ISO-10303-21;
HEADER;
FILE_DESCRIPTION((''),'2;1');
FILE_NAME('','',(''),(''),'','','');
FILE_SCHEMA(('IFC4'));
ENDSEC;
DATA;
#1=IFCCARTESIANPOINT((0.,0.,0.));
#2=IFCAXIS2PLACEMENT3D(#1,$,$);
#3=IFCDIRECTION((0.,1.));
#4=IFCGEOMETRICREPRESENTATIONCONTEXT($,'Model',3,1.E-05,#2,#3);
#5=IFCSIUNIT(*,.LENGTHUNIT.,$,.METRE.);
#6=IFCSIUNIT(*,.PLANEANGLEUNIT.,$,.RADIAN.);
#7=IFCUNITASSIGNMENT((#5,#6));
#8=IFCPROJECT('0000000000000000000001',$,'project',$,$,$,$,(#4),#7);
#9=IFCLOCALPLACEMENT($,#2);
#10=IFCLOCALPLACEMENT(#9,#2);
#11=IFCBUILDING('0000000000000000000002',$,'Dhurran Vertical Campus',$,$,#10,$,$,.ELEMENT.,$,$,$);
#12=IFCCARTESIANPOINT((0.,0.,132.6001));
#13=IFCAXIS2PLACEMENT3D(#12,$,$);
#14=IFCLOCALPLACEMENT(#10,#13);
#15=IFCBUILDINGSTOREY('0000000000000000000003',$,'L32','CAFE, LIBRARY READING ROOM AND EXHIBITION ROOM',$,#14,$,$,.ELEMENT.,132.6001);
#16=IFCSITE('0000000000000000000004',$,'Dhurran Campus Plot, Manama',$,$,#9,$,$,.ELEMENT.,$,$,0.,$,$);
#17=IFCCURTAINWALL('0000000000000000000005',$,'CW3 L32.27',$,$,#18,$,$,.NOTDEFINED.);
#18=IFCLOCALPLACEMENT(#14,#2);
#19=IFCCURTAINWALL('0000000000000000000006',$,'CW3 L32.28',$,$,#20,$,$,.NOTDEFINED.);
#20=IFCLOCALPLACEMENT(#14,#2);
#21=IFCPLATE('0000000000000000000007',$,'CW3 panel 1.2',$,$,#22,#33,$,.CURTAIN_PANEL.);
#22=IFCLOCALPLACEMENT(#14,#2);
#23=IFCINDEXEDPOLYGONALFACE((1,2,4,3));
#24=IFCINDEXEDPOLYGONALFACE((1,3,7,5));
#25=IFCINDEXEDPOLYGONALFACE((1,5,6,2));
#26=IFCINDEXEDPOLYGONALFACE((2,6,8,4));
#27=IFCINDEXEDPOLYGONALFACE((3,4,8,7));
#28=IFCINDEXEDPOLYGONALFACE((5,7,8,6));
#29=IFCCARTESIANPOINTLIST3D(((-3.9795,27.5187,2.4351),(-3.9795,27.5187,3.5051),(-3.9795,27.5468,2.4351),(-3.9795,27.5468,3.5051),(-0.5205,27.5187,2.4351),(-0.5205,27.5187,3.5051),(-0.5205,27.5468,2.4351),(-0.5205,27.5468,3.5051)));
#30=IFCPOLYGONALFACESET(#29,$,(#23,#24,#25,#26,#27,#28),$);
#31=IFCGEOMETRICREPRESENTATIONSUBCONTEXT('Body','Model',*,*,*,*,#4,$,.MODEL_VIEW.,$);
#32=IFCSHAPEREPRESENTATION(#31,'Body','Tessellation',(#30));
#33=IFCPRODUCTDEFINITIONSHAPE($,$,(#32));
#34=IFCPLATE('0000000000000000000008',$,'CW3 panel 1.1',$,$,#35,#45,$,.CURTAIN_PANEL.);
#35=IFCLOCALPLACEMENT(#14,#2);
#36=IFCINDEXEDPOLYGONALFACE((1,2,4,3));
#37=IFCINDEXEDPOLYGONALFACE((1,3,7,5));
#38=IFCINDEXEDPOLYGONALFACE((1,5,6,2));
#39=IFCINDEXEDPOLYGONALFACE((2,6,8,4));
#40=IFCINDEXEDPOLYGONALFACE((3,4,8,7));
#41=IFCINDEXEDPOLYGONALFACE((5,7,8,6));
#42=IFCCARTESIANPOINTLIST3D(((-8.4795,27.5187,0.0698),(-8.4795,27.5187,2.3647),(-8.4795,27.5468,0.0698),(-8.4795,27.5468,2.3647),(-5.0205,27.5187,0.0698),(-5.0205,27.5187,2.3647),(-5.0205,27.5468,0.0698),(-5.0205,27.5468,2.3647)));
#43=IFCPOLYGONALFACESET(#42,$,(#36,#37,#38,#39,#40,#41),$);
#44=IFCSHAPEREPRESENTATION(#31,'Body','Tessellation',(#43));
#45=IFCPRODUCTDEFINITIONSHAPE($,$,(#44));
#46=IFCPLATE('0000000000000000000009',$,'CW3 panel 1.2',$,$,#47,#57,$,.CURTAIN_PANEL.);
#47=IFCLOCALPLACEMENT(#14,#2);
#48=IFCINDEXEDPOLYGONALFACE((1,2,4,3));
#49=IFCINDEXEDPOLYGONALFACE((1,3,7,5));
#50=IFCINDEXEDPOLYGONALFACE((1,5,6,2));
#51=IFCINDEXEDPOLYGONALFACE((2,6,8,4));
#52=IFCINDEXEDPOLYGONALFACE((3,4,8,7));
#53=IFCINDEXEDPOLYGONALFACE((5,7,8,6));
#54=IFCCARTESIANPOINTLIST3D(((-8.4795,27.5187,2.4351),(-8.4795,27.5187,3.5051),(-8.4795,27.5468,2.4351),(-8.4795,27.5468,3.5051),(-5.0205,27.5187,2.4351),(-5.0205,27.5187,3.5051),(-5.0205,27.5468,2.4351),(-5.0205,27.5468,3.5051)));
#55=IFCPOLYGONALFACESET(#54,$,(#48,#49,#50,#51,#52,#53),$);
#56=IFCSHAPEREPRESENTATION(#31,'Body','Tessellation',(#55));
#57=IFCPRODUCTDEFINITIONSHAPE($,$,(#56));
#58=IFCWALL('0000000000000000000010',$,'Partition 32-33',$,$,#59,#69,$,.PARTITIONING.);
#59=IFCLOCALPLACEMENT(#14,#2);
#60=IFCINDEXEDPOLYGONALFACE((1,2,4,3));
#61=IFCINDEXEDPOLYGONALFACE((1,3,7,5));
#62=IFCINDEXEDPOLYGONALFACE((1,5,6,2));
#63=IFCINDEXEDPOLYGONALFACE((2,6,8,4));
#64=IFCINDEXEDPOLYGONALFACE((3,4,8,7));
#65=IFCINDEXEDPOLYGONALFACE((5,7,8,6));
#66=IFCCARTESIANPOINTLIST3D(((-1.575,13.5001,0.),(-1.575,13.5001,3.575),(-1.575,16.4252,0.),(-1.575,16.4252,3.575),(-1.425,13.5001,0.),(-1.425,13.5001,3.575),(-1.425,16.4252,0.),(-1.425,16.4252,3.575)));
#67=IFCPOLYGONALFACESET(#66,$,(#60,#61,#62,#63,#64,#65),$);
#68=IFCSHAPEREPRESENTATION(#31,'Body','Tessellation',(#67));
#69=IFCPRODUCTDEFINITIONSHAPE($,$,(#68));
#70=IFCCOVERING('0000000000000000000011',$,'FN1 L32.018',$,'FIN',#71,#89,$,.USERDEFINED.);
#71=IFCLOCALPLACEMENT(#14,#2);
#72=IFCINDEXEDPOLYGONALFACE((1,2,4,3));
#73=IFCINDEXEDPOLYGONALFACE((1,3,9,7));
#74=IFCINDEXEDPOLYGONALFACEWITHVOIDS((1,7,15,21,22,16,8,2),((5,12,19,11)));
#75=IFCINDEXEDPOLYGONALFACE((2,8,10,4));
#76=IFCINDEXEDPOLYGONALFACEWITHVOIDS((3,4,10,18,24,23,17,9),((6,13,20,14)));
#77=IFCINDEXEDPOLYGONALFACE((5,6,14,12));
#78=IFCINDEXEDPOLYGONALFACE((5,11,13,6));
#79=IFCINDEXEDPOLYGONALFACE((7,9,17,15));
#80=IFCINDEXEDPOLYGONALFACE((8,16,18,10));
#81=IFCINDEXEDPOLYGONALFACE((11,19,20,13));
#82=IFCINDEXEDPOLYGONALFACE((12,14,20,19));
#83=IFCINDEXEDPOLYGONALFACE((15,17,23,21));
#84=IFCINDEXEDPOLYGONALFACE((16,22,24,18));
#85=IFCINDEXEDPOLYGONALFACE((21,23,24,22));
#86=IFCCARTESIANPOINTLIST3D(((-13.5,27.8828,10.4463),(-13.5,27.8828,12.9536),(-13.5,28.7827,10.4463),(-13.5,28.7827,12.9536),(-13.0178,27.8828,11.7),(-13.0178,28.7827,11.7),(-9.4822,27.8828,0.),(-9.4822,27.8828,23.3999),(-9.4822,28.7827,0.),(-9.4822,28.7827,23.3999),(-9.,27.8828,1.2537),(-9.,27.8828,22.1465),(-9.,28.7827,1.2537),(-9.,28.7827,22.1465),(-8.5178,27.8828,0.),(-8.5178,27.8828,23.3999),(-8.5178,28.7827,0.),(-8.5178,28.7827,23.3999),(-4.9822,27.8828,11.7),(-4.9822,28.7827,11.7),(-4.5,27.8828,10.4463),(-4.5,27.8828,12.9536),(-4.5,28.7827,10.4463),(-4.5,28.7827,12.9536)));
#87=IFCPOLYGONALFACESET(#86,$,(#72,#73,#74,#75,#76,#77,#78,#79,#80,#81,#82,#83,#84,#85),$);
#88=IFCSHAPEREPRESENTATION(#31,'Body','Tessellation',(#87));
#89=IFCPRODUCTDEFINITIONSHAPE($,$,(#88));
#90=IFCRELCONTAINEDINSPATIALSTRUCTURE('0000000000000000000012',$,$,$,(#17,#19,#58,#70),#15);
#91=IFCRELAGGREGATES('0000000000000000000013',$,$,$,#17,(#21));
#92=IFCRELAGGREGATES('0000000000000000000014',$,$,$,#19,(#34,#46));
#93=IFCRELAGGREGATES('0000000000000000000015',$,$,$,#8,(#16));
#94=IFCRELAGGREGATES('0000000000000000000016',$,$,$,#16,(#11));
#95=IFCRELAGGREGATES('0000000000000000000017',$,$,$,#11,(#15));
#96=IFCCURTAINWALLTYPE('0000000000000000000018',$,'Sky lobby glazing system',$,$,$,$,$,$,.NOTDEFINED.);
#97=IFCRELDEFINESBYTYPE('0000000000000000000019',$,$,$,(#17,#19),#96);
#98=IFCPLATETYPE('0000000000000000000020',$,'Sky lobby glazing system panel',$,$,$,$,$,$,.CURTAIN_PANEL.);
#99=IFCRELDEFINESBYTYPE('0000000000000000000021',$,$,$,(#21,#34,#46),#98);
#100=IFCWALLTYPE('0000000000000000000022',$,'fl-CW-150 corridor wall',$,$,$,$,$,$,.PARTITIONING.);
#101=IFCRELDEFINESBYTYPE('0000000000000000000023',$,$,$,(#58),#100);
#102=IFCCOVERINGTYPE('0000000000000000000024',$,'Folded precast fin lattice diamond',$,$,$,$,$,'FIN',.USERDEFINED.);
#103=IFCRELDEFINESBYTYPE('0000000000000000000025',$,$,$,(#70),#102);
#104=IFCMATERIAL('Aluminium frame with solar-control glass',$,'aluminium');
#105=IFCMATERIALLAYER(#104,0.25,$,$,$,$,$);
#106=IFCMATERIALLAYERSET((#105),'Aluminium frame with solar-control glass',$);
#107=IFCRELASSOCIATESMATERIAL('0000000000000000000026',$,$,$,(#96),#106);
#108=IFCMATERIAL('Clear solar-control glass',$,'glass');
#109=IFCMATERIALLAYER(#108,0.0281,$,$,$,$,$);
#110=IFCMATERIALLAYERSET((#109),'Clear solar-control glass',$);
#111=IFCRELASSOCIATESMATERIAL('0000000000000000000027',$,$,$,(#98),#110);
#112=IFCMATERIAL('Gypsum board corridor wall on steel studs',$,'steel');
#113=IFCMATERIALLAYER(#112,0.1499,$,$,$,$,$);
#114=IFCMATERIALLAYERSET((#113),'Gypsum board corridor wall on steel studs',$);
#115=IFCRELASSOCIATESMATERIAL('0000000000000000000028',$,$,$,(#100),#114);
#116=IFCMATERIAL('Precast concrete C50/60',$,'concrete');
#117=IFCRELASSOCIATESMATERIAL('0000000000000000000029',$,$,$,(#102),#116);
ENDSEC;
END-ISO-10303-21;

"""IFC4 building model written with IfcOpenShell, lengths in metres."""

from ifc_helpers import new_model, si_unit, direction, frame, frame_2d, origin, origin_2d, place, context, subcontext, project, spatial, polyline, rectangle, outline, extrude, material, layer, layer_set, type_object, element, aggregate, save


model = new_model("IFC4")

# Units and contexts
model_context = context("Model", 3, precision=1e-05, world=origin(), true_north=direction((0.0, 1.0)))
body_context = subcontext(model_context, "Body", "Model", "MODEL_VIEW")
ifc_project = project(units=[si_unit("LENGTHUNIT", "METRE"), si_unit("PLANEANGLEUNIT", "RADIAN")], contexts=[model_context])

# Site, building, storey
site_placement = place(None, origin())
site = spatial("IfcSite", under=ifc_project, at=site_placement, Name="Dhurran Campus Plot, Manama", CompositionType="ELEMENT", RefElevation=0.0)
building_placement = place(site_placement, origin())
building = spatial("IfcBuilding", under=site, at=building_placement, Name="Dhurran Vertical Campus", CompositionType="ELEMENT")
storey_placement = place(building_placement, frame((0.0, 0.0, 132.6001)))
storey = spatial("IfcBuildingStorey", under=building, at=storey_placement, Name="L32", Description="CAFE, LIBRARY READING ROOM AND EXHIBITION ROOM", CompositionType="ELEMENT", Elevation=132.6001)

# Curtain walls
ifc_material_1 = material(Name="Aluminium frame with solar-control glass", Category="aluminium")
ifc_layer_1 = layer(ifc_material_1, 0.25)
ifc_layer_set_1 = layer_set([ifc_layer_1], Name="Aluminium frame with solar-control glass")
curtain_wall_type = type_object("IfcCurtainWallType", Name="Sky lobby glazing system", PredefinedType="NOTDEFINED", material=ifc_layer_set_1)
curtain_wall_1_placement = place(storey_placement, origin())
curtain_wall_1 = element("IfcCurtainWall", 1, at=curtain_wall_1_placement, inside=storey, type_object=curtain_wall_type, Name="CW3 L32.27", PredefinedType="NOTDEFINED")
curtain_wall_2_placement = place(storey_placement, origin())
curtain_wall_2 = element("IfcCurtainWall", 2, at=curtain_wall_2_placement, inside=storey, type_object=curtain_wall_type, Name="CW3 L32.28", PredefinedType="NOTDEFINED")

# Plates
ifc_material_2 = material(Name="Clear solar-control glass", Category="glass")
ifc_layer_2 = layer(ifc_material_2, 0.0281)
ifc_layer_set_2 = layer_set([ifc_layer_2], Name="Clear solar-control glass")
plate_type = type_object("IfcPlateType", Name="Sky lobby glazing system panel", PredefinedType="CURTAIN_PANEL", material=ifc_layer_set_2)
plate_1_placement = place(storey_placement, frame((-2.25, 27.5327, 2.4351), z_axis=(0.0, 0.0, 1.0), x_axis=(-1.0, 0.0, 0.0)))
plate_1 = element("IfcPlate", 3, at=plate_1_placement, type_object=plate_type, Name="CW3 panel 1.2", PredefinedType="CURTAIN_PANEL", context=body_context, shape_type="SweptSolid", body=[
    extrude(rectangle(XDim=3.459, YDim=0.0281, at=origin_2d()), origin(), (0.0, 0.0, 1.0), 1.0701),
])
aggregate(curtain_wall_1, [plate_1])
plate_2_placement = place(storey_placement, frame((-6.75, 27.5327, 0.0698), z_axis=(0.0, 0.0, 1.0), x_axis=(-1.0, 0.0, 0.0)))
plate_2 = element("IfcPlate", 4, at=plate_2_placement, type_object=plate_type, Name="CW3 panel 1.1", PredefinedType="CURTAIN_PANEL", context=body_context, shape_type="SweptSolid", body=[
    extrude(rectangle(XDim=3.459, YDim=0.0281, at=origin_2d()), origin(), (0.0, 0.0, 1.0), 2.2949),
])
plate_3_placement = place(storey_placement, frame((-6.75, 27.5327, 2.4351), z_axis=(0.0, 0.0, 1.0), x_axis=(-1.0, 0.0, 0.0)))
plate_3 = element("IfcPlate", 5, at=plate_3_placement, type_object=plate_type, Name="CW3 panel 1.2", PredefinedType="CURTAIN_PANEL", context=body_context, shape_type="SweptSolid", body=[
    extrude(rectangle(XDim=3.459, YDim=0.0281, at=origin_2d()), origin(), (0.0, 0.0, 1.0), 1.0701),
])
aggregate(curtain_wall_2, [plate_2, plate_3])

# Wall
ifc_material_3 = material(Name="Gypsum board corridor wall on steel studs", Category="steel")
ifc_layer_3 = layer(ifc_material_3, 0.1499)
ifc_layer_set_3 = layer_set([ifc_layer_3], Name="Gypsum board corridor wall on steel studs")
wall_type = type_object("IfcWallType", Name="fl-CW-150 corridor wall", PredefinedType="PARTITIONING", material=ifc_layer_set_3)
wall_placement = place(storey_placement, frame((-1.5, 16.425, 0.0), z_axis=(0.0, 0.0, 1.0), x_axis=(0.0, -1.0, 0.0)))
element("IfcWall", 6, at=wall_placement, inside=storey, type_object=wall_type, Name="Partition 32-33", PredefinedType="PARTITIONING", context=body_context, shape_type="SweptSolid", body=[
    extrude(rectangle(XDim=2.925, YDim=0.1499, at=frame_2d((1.4624, 0.0))), origin(), (0.0, 0.0, 1.0), 3.575),
])

# Covering
ifc_material_4 = material(Name="Precast concrete C50/60", Category="concrete")
covering_type = type_object("IfcCoveringType", Name="Folded precast fin lattice diamond", ElementType="FIN", PredefinedType="USERDEFINED", material=ifc_material_4)
covering_placement = place(storey_placement, frame((-4.5, 27.8828, 0.0), z_axis=(0.0, 1.0, 0.0), x_axis=(-1.0, 0.0, 0.0)))
element("IfcCovering", 7, at=covering_placement, inside=storey, type_object=covering_type, Name="FN1 L32.018", ObjectType="FIN", PredefinedType="USERDEFINED", context=body_context, shape_type="SweptSolid", body=[
    extrude(outline(polyline([(9.0, 12.9536), (9.0, 10.4463), (4.9822, 0.0), (4.0178, 0.0), (0.0, 10.4463), (0.0, 12.9536), (4.0178, 23.3999), (4.9822, 23.3999), (9.0, 12.9536)]), holes=[polyline([(8.5178, 11.7), (4.5, 22.1465), (0.4822, 11.7), (4.5, 1.2537), (8.5178, 11.7)])]), origin(), (0.0, 0.0, 1.0), 0.8999),
])

save(model, "model.ifc")
